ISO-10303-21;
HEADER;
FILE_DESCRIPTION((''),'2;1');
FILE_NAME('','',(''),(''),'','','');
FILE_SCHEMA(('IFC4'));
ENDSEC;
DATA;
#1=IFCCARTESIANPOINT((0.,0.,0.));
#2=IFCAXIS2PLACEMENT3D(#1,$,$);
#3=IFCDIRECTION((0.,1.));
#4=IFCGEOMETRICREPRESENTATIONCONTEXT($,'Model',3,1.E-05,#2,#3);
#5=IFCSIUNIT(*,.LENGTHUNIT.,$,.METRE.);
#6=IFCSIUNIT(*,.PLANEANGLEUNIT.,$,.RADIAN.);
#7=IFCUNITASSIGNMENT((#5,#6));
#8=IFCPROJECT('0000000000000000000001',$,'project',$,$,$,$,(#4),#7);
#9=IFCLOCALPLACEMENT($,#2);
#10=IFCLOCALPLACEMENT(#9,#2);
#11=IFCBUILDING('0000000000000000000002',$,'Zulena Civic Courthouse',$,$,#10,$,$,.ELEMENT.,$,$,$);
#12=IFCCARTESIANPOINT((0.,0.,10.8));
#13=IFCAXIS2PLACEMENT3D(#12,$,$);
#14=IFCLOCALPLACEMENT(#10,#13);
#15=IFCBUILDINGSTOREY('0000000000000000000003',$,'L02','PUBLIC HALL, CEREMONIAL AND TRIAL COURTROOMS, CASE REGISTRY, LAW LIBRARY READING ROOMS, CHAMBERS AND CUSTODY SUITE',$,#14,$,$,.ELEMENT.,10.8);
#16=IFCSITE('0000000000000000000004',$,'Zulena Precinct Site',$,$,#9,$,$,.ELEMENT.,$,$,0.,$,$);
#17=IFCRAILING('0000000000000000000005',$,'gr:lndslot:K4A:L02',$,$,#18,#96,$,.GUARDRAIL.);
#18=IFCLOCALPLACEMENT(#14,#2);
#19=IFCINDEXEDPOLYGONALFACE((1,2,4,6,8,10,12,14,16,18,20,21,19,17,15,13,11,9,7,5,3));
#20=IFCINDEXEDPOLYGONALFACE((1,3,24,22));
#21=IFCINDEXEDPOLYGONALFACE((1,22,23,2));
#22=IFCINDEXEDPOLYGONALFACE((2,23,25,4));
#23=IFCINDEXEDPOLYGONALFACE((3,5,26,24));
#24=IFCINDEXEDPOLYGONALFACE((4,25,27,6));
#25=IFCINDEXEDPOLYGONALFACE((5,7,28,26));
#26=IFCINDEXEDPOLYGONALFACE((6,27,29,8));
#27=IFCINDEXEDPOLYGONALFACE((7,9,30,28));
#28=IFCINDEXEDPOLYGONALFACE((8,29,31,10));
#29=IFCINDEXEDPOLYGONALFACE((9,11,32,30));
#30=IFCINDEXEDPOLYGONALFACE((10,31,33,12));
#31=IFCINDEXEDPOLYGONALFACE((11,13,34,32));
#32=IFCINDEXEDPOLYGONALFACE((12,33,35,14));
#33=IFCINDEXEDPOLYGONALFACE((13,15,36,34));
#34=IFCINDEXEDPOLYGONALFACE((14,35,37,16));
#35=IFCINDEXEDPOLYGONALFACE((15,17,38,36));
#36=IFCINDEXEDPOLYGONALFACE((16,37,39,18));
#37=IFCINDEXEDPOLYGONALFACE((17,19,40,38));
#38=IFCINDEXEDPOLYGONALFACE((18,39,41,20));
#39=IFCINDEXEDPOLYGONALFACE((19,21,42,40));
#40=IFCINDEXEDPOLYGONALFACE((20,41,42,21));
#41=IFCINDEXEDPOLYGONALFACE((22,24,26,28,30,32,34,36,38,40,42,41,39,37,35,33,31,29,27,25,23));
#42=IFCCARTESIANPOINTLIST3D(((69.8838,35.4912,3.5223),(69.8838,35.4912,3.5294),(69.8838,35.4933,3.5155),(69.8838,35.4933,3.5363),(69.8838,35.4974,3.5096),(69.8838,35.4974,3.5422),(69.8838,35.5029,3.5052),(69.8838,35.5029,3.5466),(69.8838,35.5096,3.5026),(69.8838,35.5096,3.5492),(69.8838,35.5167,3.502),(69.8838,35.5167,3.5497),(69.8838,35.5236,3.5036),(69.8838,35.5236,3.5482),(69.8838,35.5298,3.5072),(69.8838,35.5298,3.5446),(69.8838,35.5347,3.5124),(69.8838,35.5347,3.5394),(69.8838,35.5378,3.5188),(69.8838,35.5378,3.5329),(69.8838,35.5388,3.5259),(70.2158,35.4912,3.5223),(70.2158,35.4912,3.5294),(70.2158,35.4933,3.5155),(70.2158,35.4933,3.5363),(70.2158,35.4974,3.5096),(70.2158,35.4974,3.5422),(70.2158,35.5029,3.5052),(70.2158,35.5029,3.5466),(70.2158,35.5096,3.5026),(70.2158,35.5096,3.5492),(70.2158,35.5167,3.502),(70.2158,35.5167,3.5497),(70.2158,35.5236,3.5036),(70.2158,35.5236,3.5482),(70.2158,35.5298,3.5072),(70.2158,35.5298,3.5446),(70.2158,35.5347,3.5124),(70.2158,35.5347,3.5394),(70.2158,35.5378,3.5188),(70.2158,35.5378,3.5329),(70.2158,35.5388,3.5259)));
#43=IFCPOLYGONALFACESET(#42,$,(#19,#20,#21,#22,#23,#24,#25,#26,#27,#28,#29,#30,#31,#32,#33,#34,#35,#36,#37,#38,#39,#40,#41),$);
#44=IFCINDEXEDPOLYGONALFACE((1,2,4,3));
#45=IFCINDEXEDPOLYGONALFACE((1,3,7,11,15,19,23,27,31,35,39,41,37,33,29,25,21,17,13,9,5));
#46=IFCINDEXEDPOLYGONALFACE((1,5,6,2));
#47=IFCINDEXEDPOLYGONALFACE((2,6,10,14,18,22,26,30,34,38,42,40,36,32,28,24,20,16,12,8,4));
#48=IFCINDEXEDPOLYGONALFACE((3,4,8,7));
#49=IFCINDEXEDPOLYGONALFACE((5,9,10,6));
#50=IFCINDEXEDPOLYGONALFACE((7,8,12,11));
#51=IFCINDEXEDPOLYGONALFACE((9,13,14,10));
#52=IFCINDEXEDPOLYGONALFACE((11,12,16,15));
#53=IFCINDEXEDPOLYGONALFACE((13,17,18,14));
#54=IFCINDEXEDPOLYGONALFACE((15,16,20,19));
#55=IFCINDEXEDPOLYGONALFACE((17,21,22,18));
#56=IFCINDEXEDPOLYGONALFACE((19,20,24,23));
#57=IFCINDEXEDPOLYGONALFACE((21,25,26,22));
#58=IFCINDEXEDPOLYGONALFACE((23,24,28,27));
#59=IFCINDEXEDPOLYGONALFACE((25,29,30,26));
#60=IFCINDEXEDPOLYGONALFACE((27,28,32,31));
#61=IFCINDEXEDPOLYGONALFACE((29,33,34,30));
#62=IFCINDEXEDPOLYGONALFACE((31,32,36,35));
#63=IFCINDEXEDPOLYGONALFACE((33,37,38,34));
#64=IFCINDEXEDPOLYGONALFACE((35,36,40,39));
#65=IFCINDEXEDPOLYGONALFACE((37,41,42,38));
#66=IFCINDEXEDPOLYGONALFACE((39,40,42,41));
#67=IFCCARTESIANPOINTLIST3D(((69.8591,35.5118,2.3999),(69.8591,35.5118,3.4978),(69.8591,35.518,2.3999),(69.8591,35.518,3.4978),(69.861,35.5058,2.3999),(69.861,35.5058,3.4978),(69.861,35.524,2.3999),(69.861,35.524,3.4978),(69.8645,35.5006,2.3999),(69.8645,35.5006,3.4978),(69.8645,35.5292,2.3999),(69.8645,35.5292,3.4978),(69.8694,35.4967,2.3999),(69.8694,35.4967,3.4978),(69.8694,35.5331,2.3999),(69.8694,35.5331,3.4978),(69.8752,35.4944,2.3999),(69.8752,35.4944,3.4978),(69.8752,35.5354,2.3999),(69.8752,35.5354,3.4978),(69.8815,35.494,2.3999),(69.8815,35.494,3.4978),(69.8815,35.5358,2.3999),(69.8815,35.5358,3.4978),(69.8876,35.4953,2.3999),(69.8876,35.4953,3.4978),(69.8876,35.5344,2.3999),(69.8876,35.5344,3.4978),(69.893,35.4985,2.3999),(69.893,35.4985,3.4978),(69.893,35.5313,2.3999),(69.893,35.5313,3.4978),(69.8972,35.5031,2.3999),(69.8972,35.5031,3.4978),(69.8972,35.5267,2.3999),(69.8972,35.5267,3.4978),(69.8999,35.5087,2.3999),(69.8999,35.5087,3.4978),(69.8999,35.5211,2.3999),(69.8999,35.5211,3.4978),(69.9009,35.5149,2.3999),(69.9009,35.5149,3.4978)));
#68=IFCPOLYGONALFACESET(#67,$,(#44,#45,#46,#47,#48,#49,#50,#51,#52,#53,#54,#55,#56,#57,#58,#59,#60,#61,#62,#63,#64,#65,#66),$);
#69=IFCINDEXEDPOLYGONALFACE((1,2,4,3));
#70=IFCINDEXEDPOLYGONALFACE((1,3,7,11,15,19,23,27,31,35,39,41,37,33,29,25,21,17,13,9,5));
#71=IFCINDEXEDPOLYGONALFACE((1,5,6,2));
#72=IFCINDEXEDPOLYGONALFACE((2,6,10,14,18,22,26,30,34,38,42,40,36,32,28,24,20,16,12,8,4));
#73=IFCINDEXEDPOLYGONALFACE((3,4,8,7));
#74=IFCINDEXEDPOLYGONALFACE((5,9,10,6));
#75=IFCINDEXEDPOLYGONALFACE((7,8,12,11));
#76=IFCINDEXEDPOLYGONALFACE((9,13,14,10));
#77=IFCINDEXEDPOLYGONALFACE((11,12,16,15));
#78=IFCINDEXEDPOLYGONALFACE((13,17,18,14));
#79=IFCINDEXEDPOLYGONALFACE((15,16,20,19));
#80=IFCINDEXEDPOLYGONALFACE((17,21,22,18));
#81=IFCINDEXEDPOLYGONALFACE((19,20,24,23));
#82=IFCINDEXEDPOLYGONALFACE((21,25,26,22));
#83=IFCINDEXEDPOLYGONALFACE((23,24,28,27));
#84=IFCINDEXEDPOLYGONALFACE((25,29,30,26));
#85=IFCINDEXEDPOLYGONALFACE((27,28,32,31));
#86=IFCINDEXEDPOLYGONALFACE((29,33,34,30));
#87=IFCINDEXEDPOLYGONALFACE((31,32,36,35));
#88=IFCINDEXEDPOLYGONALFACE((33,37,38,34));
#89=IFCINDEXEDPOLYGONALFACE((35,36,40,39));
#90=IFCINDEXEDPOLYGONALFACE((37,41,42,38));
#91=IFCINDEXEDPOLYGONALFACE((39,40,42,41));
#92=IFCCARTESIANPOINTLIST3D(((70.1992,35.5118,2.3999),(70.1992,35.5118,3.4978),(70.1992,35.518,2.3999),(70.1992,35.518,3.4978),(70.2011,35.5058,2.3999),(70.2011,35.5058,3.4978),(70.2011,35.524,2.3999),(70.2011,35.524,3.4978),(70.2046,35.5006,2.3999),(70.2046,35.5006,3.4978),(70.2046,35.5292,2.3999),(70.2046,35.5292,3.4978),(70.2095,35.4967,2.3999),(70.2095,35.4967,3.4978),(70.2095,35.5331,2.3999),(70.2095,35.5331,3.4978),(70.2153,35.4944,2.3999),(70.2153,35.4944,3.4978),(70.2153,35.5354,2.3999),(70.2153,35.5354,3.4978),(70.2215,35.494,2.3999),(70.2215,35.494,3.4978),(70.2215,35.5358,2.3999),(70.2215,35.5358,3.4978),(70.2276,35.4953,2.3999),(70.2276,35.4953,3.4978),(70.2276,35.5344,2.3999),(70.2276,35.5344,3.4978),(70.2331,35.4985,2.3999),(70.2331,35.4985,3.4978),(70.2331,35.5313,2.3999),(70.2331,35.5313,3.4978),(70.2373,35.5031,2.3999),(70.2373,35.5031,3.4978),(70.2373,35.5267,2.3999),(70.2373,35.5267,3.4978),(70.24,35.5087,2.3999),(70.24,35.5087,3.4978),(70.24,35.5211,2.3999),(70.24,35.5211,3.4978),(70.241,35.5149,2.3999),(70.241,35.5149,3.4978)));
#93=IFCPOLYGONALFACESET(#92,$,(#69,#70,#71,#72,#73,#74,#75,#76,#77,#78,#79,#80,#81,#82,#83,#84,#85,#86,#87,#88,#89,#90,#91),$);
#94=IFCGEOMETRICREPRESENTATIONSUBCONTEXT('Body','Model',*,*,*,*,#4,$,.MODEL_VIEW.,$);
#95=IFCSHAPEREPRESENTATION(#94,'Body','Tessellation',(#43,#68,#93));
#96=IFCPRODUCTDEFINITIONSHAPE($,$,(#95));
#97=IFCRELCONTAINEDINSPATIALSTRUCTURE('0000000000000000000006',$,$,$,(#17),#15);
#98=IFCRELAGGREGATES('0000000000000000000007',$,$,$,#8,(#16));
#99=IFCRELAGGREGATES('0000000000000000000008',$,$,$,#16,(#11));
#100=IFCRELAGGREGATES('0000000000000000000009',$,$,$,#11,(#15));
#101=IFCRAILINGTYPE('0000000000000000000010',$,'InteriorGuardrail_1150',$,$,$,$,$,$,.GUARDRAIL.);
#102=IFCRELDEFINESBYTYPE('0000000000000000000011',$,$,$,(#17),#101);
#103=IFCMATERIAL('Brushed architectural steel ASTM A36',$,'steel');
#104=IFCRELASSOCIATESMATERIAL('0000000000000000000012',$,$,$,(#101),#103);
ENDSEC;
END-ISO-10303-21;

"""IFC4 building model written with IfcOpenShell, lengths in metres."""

from ifc_helpers import new_model, si_unit, direction, frame, origin, origin_2d, place, context, subcontext, project, spatial, circle, extrude, material, type_object, element, save


model = new_model("IFC4")

# Units and contexts
model_context = context("Model", 3, precision=1e-05, world=origin(), true_north=direction((0.0, 1.0)))
body_context = subcontext(model_context, "Body", "Model", "MODEL_VIEW")
ifc_project = project(units=[si_unit("LENGTHUNIT", "METRE"), si_unit("PLANEANGLEUNIT", "RADIAN")], contexts=[model_context])

# Site, building, storey
site_placement = place(None, origin())
site = spatial("IfcSite", under=ifc_project, at=site_placement, Name="Zulena Precinct Site", CompositionType="ELEMENT", RefElevation=0.0)
building_placement = place(site_placement, origin())
building = spatial("IfcBuilding", under=site, at=building_placement, Name="Zulena Civic Courthouse", CompositionType="ELEMENT")
storey_placement = place(building_placement, frame((0.0, 0.0, 10.8)))
storey = spatial("IfcBuildingStorey", under=building, at=storey_placement, Name="L02", Description="PUBLIC HALL, CEREMONIAL AND TRIAL COURTROOMS, CASE REGISTRY, LAW LIBRARY READING ROOMS, CHAMBERS AND CUSTODY SUITE", CompositionType="ELEMENT", Elevation=10.8)

# Railing
ifc_material_1 = material(Name="Brushed architectural steel ASTM A36", Category="steel")
railing_type_1 = type_object("IfcRailingType", Name="InteriorGuardrail_1150", PredefinedType="GUARDRAIL", material=ifc_material_1)
railing_1_placement = place(storey_placement, frame((69.8799, 35.5149, 2.3999)))
element("IfcRailing", 1, at=railing_1_placement, inside=storey, type_object=railing_type_1, Name="gr:lndslot:K4A:L02", PredefinedType="GUARDRAIL", context=body_context, shape_type="SweptSolid", body=[
    extrude(circle(Radius=0.0239, at=origin_2d()), frame((0.0039, 0.0, 1.126), z_axis=(1.0, 0.0, 0.0), x_axis=(0.0, 1.0, 0.0)), (0.0, 0.0, 1.0), 0.332),
    extrude(circle(Radius=0.021, at=origin_2d()), origin(), (0.0, 0.0, 1.0), 1.0979),
    extrude(circle(Radius=0.021, at=origin_2d()), frame((0.3401, 0.0, 0.0)), (0.0, 0.0, 1.0), 1.0979),
])

save(model, "model.ifc")
